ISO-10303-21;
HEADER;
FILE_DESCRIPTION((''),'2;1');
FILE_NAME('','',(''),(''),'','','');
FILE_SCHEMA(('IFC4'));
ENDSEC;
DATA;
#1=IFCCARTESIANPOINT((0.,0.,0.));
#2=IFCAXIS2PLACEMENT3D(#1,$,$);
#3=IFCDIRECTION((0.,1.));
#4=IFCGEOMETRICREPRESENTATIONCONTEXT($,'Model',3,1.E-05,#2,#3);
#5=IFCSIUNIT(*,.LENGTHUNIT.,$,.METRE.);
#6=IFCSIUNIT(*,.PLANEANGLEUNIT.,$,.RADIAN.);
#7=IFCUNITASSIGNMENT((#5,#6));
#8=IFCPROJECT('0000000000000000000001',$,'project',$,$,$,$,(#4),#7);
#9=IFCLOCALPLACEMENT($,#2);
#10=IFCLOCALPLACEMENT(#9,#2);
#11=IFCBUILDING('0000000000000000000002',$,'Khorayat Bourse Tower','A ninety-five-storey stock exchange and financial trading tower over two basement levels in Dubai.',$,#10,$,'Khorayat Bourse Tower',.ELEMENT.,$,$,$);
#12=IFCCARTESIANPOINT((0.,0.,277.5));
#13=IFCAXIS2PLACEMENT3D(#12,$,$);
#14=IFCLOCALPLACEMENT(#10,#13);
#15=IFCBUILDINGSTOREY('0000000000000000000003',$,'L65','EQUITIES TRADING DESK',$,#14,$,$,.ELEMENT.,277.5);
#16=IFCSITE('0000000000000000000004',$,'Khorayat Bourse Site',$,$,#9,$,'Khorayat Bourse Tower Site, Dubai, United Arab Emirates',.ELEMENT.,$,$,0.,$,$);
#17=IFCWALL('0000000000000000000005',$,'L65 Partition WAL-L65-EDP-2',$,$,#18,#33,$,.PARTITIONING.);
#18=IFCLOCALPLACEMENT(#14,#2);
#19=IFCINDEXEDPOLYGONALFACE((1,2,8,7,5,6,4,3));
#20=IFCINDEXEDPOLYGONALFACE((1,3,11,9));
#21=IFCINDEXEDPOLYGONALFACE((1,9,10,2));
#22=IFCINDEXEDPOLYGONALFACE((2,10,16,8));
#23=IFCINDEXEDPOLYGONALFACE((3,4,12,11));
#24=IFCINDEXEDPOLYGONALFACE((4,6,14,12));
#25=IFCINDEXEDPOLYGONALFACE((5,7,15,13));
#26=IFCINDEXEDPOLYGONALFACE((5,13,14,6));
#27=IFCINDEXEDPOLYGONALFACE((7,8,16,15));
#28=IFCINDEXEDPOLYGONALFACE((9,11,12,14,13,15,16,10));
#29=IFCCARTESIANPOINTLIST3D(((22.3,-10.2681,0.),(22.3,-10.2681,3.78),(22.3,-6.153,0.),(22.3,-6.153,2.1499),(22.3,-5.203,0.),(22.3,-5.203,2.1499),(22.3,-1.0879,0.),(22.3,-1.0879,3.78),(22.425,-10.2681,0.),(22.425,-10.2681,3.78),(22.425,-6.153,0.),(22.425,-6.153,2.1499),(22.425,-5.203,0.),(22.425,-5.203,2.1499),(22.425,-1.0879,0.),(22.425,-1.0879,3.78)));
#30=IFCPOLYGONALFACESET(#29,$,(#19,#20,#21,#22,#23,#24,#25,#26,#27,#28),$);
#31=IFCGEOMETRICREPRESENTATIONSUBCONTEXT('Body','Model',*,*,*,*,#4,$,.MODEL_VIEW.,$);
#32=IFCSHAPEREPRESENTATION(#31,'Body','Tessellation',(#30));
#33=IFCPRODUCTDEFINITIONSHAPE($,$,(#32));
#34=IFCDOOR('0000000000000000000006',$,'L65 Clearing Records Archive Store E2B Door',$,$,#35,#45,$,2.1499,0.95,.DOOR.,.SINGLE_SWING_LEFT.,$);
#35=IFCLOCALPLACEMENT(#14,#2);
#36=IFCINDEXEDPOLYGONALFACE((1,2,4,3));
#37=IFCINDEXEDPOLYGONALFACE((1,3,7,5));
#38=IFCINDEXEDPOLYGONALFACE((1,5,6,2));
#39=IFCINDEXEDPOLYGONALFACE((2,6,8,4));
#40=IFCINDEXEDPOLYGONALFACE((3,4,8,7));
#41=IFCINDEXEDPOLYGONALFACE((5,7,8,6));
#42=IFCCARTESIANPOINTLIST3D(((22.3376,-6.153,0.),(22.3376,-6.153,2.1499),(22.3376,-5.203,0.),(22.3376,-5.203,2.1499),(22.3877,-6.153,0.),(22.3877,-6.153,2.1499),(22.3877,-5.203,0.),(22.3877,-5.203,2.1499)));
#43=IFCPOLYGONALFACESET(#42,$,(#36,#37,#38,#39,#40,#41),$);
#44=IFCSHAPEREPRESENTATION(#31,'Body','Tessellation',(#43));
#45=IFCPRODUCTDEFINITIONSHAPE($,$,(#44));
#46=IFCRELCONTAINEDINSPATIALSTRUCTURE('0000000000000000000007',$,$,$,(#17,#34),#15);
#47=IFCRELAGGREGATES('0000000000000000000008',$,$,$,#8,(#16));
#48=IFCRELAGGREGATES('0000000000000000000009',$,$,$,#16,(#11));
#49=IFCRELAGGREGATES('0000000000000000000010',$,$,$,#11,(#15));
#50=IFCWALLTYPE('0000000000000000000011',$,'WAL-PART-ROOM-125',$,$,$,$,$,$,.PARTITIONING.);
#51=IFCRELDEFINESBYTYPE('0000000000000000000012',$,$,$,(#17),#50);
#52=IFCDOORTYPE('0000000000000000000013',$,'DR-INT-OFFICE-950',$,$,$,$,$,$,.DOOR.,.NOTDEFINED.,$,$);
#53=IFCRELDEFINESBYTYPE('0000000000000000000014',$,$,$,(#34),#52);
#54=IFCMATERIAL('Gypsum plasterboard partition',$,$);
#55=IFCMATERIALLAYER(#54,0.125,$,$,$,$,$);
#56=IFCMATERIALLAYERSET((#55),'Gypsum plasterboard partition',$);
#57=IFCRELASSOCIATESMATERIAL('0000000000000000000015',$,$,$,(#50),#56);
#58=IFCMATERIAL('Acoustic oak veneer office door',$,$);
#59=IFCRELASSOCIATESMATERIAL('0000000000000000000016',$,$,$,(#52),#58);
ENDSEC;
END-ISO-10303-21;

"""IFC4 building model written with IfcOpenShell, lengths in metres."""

from ifc_helpers import new_model, si_unit, direction, frame, frame_2d, origin, place, context, subcontext, project, spatial, rectangle, extrude, source, transform, mapped, material, layer, layer_set, type_object, element, fill, save


model = new_model("IFC4")

# Units and contexts
model_context = context("Model", 3, precision=1e-05, world=origin(), true_north=direction((0.0, 1.0)))
body_context = subcontext(model_context, "Body", "Model", "MODEL_VIEW")
ifc_project = project(units=[si_unit("LENGTHUNIT", "METRE"), si_unit("PLANEANGLEUNIT", "RADIAN")], contexts=[model_context])

# Site, building, storey
site_placement = place(None, origin())
site = spatial("IfcSite", under=ifc_project, at=site_placement, Name="Khorayat Bourse Site", LongName="Khorayat Bourse Tower Site, Dubai, United Arab Emirates", CompositionType="ELEMENT", RefElevation=0.0)
building_placement = place(site_placement, origin())
building = spatial("IfcBuilding", under=site, at=building_placement, Name="Khorayat Bourse Tower", Description="A ninety-five-storey stock exchange and financial trading tower over two basement levels in Dubai.", LongName="Khorayat Bourse Tower", CompositionType="ELEMENT")
storey_placement = place(building_placement, frame((0.0, 0.0, 277.5)))
storey = spatial("IfcBuildingStorey", under=building, at=storey_placement, Name="L65", Description="EQUITIES TRADING DESK", CompositionType="ELEMENT", Elevation=277.5)

# Wall, opening, door
ifc_material_1 = material(Name="Gypsum plasterboard partition")
ifc_layer_1 = layer(ifc_material_1, 0.125)
ifc_layer_set_1 = layer_set([ifc_layer_1], Name="Gypsum plasterboard partition")
wall_type = type_object("IfcWallType", Name="WAL-PART-ROOM-125", PredefinedType="PARTITIONING", material=ifc_layer_set_1)
shared_shape_1 = source(origin(), body_context, "Body", "SweptSolid", [
    extrude(rectangle(XDim=0.95, YDim=2.1499, at=frame_2d((0.4751, 1.075))), frame((0.0, 0.0725, 0.0), z_axis=(0.0, -1.0, 0.0), x_axis=(1.0, 0.0, 0.0)), (0.0, 0.0, 1.0), 0.145),
])
ifc_material_2 = material(Name="Acoustic oak veneer office door")
door_type = type_object("IfcDoorType", Name="DR-INT-OFFICE-950", OperationType="NOTDEFINED", PredefinedType="DOOR", material=ifc_material_2)
shared_shape_2 = source(origin(), body_context, "Body", "SweptSolid", [
    extrude(rectangle(XDim=0.95, YDim=2.1499, at=frame_2d((0.4751, 1.075))), frame((0.0, 0.0249, 0.0), z_axis=(0.0, -1.0, 0.0), x_axis=(1.0, 0.0, 0.0)), (0.0, 0.0, 1.0), 0.05),
])
shared_shape_3 = source(origin(), body_context, "Body", "SweptSolid", [
    extrude(rectangle(XDim=9.1802, YDim=0.125, at=frame_2d((4.5901, 0.0))), origin(), (0.0, 0.0, 1.0), 3.78),
])
wall_1_placement = place(storey_placement, frame((22.3625, -10.2681, 0.0), z_axis=(0.0, 0.0, 1.0), x_axis=(0.0, 1.0, 0.0)))
wall_1 = element("IfcWall", 1, at=wall_1_placement, inside=storey, type_object=wall_type, Name="L65 Partition WAL-L65-EDP-2", PredefinedType="PARTITIONING", context=body_context, shape_type="MappedRepresentation", body=[
    mapped(shared_shape_3, transform((0.0, 0.0, 0.0), scale=1.0)),
])
opening_1_placement = place(wall_1_placement, frame((4.115, 0.0, 0.0)))
opening_1 = element("IfcOpeningElement", 2, at=opening_1_placement, cuts=wall_1, PredefinedType="OPENING", context=body_context, shape_type="MappedRepresentation", body=[
    mapped(shared_shape_1, transform((0.0, 0.0, 0.0), scale=1.0)),
])
door_1_placement = place(opening_1_placement, origin())
door_1 = element("IfcDoor", 3, at=door_1_placement, inside=storey, type_object=door_type, Name="L65 Clearing Records Archive Store E2B Door", OperationType="SINGLE_SWING_LEFT", OverallHeight=2.1499, OverallWidth=0.95, PredefinedType="DOOR", context=body_context, shape_type="MappedRepresentation", body=[
    mapped(shared_shape_2, transform((0.0, 0.0, 0.0), scale=1.0)),
])
fill(opening_1, door_1)

save(model, "model.ifc")
